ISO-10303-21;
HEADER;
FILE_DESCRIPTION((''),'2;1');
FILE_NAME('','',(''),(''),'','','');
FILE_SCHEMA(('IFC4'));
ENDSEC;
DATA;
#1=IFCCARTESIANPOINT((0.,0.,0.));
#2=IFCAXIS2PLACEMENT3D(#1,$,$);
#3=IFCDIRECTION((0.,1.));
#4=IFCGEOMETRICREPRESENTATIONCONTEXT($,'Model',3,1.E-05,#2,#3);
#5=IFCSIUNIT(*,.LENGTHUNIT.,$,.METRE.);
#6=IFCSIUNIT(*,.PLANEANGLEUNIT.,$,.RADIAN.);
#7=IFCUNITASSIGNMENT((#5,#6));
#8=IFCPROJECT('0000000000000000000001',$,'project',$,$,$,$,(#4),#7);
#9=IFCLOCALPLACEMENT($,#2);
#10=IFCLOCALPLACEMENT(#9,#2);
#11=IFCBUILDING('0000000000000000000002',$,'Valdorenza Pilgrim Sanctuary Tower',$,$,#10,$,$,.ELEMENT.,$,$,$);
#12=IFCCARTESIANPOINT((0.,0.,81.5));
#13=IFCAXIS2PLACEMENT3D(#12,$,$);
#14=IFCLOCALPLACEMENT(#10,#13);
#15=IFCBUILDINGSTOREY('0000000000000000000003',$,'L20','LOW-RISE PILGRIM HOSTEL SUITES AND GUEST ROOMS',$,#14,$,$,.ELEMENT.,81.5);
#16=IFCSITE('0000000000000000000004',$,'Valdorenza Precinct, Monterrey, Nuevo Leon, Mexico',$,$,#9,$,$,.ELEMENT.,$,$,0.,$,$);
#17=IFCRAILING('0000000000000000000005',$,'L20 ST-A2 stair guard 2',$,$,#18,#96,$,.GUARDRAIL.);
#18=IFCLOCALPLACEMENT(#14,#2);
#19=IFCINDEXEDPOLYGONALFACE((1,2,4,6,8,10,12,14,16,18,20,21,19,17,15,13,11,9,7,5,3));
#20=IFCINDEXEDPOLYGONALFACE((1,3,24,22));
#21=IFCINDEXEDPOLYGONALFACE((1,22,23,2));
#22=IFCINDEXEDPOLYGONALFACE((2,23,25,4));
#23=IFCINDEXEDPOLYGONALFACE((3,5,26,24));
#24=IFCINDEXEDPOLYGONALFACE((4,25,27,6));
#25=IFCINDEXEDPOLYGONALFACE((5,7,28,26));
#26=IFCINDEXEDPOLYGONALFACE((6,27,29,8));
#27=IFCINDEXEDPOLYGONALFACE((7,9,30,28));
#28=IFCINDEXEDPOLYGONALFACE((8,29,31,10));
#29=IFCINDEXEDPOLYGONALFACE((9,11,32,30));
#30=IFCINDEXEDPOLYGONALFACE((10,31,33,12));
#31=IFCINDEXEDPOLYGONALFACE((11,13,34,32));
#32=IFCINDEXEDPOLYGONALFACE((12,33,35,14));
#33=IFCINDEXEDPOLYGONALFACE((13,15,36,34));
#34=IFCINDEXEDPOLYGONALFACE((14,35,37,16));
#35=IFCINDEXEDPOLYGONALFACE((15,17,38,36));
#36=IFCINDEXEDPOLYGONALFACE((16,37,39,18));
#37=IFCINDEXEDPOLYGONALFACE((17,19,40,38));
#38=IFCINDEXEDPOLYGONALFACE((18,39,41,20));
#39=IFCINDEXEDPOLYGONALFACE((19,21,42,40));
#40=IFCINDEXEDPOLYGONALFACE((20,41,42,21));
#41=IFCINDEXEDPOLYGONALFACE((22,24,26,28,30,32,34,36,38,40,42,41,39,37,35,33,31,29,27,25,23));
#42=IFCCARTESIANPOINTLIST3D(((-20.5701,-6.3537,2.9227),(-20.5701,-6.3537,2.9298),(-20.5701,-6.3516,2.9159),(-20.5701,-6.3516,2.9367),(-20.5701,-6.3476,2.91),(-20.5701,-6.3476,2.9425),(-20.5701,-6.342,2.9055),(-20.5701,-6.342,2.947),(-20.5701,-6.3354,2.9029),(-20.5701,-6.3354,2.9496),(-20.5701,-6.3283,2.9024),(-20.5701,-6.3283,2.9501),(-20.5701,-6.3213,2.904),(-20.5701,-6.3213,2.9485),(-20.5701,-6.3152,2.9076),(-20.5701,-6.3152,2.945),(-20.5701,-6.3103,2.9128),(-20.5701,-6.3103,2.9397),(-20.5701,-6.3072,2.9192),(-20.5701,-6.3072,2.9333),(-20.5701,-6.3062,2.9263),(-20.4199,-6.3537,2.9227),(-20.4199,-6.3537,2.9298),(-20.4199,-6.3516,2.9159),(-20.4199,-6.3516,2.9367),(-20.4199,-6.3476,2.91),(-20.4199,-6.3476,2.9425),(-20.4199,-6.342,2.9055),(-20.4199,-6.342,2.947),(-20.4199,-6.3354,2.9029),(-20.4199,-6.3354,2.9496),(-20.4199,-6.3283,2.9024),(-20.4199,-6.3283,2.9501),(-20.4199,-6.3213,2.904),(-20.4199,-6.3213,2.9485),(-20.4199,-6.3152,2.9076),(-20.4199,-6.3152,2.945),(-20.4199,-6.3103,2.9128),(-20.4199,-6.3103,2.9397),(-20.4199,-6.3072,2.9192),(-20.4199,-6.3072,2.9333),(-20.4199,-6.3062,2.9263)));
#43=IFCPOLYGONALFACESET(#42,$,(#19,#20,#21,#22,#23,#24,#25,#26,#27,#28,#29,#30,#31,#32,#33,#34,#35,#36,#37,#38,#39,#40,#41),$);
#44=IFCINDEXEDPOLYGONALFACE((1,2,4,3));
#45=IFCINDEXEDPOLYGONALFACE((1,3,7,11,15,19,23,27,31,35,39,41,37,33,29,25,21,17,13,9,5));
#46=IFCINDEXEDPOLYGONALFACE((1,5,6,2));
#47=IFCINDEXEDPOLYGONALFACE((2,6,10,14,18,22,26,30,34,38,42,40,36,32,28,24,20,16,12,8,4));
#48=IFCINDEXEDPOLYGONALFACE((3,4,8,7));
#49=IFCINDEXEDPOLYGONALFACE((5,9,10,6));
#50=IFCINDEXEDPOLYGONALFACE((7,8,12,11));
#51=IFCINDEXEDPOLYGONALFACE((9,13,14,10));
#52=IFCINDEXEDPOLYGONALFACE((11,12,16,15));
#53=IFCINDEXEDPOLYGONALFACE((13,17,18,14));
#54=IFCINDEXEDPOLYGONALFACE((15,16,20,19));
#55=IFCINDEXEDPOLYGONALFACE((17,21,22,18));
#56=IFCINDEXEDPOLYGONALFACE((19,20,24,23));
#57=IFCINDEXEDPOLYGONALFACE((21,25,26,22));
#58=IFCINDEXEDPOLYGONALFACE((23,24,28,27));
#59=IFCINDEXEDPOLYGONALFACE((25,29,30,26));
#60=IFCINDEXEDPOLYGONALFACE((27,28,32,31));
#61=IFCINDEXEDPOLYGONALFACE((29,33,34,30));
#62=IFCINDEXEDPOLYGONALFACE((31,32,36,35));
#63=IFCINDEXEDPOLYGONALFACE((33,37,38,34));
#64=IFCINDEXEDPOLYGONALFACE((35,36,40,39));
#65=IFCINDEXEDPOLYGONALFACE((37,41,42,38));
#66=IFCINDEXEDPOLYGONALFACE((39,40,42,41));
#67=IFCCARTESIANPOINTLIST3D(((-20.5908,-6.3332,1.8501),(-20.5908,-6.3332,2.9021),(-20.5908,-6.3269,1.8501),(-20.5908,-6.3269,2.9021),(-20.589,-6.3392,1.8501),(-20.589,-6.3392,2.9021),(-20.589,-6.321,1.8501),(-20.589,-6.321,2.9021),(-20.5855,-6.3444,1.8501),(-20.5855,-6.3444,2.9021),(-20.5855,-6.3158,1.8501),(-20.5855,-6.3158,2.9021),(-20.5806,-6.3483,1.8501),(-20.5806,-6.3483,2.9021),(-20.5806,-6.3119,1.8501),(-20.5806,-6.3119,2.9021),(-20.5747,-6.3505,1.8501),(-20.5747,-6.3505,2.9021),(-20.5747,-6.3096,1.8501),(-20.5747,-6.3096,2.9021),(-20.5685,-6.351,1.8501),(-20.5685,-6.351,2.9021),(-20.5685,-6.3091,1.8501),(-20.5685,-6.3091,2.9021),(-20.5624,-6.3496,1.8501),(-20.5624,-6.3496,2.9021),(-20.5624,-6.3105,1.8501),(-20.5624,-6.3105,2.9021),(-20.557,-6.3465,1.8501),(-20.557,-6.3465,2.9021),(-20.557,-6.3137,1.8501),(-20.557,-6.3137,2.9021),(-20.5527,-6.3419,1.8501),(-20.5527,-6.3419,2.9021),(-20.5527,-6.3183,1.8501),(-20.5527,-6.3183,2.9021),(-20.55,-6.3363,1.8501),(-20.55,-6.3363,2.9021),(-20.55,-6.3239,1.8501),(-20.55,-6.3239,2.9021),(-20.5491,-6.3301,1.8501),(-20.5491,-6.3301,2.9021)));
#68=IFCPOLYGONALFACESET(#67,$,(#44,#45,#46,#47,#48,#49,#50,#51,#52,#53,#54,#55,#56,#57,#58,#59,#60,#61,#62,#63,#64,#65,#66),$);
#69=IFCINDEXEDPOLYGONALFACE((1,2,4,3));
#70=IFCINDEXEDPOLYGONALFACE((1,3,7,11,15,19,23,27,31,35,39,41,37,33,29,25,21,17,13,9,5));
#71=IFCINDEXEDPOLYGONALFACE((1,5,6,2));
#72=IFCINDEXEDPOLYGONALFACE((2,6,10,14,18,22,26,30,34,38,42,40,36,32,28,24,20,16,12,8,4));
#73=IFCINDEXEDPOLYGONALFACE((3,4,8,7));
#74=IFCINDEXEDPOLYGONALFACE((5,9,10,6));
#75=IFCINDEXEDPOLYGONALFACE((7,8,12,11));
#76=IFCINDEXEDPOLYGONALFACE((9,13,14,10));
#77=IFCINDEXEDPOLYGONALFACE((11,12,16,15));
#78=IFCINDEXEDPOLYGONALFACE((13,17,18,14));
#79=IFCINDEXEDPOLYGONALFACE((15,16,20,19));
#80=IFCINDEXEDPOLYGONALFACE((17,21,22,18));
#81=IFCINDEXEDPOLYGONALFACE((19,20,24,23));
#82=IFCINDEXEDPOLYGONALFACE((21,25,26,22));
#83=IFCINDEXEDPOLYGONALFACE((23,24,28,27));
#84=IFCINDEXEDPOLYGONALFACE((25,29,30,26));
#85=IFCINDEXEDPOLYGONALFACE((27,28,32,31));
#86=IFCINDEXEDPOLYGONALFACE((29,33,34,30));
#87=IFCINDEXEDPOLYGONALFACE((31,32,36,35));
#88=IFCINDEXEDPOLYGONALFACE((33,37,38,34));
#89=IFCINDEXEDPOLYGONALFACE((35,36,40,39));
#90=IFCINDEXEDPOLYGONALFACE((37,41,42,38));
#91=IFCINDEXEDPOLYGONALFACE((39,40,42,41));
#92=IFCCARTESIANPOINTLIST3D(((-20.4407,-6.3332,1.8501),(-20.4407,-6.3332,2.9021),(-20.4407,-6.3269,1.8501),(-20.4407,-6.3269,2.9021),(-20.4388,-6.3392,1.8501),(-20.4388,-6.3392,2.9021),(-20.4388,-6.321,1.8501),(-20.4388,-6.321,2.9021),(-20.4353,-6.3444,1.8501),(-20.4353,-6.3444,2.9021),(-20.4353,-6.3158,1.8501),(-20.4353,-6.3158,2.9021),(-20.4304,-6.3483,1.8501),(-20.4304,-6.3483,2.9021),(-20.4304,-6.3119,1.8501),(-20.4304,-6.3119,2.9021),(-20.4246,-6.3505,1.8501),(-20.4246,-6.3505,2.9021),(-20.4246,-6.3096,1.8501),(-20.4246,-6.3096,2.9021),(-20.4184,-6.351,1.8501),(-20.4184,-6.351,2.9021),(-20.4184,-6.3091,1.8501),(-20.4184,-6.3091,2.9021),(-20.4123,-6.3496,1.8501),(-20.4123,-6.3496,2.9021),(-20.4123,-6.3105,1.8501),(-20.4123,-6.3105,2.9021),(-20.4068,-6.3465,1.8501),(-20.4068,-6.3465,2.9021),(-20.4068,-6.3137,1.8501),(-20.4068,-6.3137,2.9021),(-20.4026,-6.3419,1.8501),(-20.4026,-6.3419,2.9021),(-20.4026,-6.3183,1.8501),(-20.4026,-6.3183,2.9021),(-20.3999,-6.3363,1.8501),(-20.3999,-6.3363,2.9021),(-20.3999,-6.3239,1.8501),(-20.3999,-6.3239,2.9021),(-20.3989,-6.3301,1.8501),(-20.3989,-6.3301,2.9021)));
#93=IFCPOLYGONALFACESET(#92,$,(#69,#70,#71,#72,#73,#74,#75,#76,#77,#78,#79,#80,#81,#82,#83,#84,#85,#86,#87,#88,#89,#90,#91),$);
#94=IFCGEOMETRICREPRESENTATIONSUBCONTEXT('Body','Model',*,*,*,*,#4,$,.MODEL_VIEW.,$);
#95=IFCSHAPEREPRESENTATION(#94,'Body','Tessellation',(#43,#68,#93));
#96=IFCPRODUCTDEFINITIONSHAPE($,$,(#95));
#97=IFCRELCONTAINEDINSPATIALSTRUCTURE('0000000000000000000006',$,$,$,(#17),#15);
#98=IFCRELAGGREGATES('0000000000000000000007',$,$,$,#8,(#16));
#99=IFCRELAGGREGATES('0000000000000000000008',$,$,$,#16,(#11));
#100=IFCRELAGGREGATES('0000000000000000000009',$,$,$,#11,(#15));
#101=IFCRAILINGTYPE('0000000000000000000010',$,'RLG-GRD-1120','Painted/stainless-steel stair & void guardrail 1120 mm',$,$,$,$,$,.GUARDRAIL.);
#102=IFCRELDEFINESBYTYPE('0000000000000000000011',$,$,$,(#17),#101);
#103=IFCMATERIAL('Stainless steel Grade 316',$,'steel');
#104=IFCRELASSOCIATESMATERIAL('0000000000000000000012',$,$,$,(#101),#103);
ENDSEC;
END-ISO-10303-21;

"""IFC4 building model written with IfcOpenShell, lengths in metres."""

from ifc_helpers import new_model, si_unit, direction, frame, origin, origin_2d, place, context, subcontext, project, spatial, circle, extrude, material, type_object, element, save


model = new_model("IFC4")

# Units and contexts
model_context = context("Model", 3, precision=1e-05, world=origin(), true_north=direction((0.0, 1.0)))
body_context = subcontext(model_context, "Body", "Model", "MODEL_VIEW")
ifc_project = project(units=[si_unit("LENGTHUNIT", "METRE"), si_unit("PLANEANGLEUNIT", "RADIAN")], contexts=[model_context])

# Site, building, storey
site_placement = place(None, origin())
site = spatial("IfcSite", under=ifc_project, at=site_placement, Name="Valdorenza Precinct, Monterrey, Nuevo Leon, Mexico", CompositionType="ELEMENT", RefElevation=0.0)
building_placement = place(site_placement, origin())
building = spatial("IfcBuilding", under=site, at=building_placement, Name="Valdorenza Pilgrim Sanctuary Tower", CompositionType="ELEMENT")
storey_placement = place(building_placement, frame((0.0, 0.0, 81.5)))
storey = spatial("IfcBuildingStorey", under=building, at=storey_placement, Name="L20", Description="LOW-RISE PILGRIM HOSTEL SUITES AND GUEST ROOMS", CompositionType="ELEMENT", Elevation=81.5)

# Railing
ifc_material_1 = material(Name="Stainless steel Grade 316", Category="steel")
railing_type_1 = type_object("IfcRailingType", Name="RLG-GRD-1120", Description="Painted/stainless-steel stair & void guardrail 1120 mm", PredefinedType="GUARDRAIL", material=ifc_material_1)
railing_1_placement = place(storey_placement, frame((-20.5701, -6.3301, 1.8501)))
element("IfcRailing", 1, at=railing_1_placement, inside=storey, type_object=railing_type_1, Name="L20 ST-A2 stair guard 2", PredefinedType="GUARDRAIL", context=body_context, shape_type="SweptSolid", body=[
    extrude(circle(Radius=0.0239, at=origin_2d()), frame((0.0, 0.0, 1.0762), z_axis=(1.0, 0.0, 0.0), x_axis=(0.0, 1.0, 0.0)), (0.0, 0.0, 1.0), 0.1501),
    extrude(circle(Radius=0.021, at=origin_2d()), origin(), (0.0, 0.0, 1.0), 1.052),
    extrude(circle(Radius=0.021, at=origin_2d()), frame((0.1501, 0.0, 0.0)), (0.0, 0.0, 1.0), 1.052),
])

save(model, "model.ifc")
